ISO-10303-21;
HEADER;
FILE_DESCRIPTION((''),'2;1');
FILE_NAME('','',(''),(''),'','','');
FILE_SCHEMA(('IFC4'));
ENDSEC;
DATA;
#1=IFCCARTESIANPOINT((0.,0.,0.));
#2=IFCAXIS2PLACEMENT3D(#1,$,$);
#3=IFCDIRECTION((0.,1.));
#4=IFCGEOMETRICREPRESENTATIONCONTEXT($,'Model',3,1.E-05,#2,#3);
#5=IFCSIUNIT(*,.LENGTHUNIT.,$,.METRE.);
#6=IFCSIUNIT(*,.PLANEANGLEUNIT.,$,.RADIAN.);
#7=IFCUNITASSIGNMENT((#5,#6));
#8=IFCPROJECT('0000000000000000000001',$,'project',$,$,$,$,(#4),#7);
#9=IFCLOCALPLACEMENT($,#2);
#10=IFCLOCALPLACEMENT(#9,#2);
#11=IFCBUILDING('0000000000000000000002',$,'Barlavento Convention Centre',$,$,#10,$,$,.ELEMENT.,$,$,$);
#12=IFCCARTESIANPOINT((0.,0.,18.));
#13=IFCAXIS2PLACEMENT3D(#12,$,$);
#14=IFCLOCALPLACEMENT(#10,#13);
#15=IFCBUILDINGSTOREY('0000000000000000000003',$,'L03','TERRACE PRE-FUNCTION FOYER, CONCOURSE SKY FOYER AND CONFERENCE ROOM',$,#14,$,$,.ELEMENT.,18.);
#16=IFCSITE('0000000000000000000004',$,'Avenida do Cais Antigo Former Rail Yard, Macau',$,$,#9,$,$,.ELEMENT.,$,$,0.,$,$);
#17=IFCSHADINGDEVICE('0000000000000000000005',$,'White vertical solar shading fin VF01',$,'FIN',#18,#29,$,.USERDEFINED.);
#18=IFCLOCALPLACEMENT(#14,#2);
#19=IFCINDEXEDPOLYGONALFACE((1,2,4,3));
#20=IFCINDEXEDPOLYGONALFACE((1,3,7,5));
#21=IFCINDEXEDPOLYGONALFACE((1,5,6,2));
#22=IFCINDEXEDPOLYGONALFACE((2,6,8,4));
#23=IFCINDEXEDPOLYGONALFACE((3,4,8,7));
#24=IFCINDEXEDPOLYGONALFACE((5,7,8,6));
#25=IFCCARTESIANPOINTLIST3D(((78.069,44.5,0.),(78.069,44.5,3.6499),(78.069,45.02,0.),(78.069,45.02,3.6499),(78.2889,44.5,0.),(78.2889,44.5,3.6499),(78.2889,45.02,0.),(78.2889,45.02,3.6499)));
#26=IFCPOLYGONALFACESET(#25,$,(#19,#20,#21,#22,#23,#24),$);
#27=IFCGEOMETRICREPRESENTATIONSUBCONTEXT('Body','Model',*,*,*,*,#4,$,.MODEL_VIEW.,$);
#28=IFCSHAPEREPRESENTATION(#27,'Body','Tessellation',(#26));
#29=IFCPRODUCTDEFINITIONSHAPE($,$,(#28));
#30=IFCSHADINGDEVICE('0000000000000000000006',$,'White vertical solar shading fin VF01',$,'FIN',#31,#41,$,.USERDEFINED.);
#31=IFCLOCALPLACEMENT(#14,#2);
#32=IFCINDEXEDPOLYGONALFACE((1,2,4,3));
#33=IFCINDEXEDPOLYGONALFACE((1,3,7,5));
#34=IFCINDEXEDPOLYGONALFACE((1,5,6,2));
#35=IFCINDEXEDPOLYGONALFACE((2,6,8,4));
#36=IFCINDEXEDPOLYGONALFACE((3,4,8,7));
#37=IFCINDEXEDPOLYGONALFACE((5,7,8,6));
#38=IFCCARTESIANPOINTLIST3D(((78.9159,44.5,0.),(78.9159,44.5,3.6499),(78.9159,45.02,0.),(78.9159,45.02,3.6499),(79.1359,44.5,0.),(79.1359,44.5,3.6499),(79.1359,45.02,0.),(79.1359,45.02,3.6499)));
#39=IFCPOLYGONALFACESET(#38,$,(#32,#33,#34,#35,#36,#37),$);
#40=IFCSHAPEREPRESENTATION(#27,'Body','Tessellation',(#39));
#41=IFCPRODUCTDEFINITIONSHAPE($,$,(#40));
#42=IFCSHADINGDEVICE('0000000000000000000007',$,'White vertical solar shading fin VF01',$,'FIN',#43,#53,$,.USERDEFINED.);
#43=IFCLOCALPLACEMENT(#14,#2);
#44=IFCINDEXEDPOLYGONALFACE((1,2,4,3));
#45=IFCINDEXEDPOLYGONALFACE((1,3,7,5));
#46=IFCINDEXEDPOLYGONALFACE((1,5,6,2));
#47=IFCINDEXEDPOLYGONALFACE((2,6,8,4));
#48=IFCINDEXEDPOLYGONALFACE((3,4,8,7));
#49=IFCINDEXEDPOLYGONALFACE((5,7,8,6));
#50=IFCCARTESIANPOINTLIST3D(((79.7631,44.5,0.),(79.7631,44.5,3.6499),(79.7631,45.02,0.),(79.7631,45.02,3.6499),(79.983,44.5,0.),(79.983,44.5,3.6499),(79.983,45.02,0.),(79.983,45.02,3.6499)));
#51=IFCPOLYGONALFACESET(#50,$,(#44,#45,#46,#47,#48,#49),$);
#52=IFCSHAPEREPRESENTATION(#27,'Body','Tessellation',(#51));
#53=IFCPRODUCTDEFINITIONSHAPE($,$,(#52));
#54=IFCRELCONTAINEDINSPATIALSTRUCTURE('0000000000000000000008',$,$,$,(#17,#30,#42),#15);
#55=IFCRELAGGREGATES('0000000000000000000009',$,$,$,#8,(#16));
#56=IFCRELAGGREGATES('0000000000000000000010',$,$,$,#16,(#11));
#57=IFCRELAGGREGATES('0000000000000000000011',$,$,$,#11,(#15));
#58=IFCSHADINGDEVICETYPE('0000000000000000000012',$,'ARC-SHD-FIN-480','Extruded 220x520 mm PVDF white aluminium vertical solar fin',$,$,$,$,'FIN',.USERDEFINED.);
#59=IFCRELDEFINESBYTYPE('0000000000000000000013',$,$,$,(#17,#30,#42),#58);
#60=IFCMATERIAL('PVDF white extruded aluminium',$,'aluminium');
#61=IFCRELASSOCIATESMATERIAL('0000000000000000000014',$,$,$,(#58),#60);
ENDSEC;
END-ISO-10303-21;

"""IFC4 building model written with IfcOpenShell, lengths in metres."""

from ifc_helpers import new_model, si_unit, direction, frame, origin, origin_2d, place, context, subcontext, project, spatial, rectangle, extrude, material, type_object, element, save


model = new_model("IFC4")

# Units and contexts
model_context = context("Model", 3, precision=1e-05, world=origin(), true_north=direction((0.0, 1.0)))
body_context = subcontext(model_context, "Body", "Model", "MODEL_VIEW")
ifc_project = project(units=[si_unit("LENGTHUNIT", "METRE"), si_unit("PLANEANGLEUNIT", "RADIAN")], contexts=[model_context])

# Site, building, storey
site_placement = place(None, origin())
site = spatial("IfcSite", under=ifc_project, at=site_placement, Name="Avenida do Cais Antigo Former Rail Yard, Macau", CompositionType="ELEMENT", RefElevation=0.0)
building_placement = place(site_placement, origin())
building = spatial("IfcBuilding", under=site, at=building_placement, Name="Barlavento Convention Centre", CompositionType="ELEMENT")
storey_placement = place(building_placement, frame((0.0, 0.0, 18.0)))
storey = spatial("IfcBuildingStorey", under=building, at=storey_placement, Name="L03", Description="TERRACE PRE-FUNCTION FOYER, CONCOURSE SKY FOYER AND CONFERENCE ROOM", CompositionType="ELEMENT", Elevation=18.0)

# Shading devices
ifc_material_1 = material(Name="PVDF white extruded aluminium", Category="aluminium")
shading_device_type = type_object("IfcShadingDeviceType", Name="ARC-SHD-FIN-480", Description="Extruded 220x520 mm PVDF white aluminium vertical solar fin", ElementType="FIN", PredefinedType="USERDEFINED", material=ifc_material_1)
for number, where, z_axis, x_axis, name in (
    (1, (78.179, 44.76, 0.0), (0.0, 0.0, 1.0), (1.0, 0.0, 0.0), "White vertical solar shading fin VF01"),
    (2, (79.0259, 44.76, 0.0), (0.0, 0.0, 1.0), (1.0, 0.0, 0.0), "White vertical solar shading fin VF01"),
    (3, (79.873, 44.76, 0.0), (0.0, 0.0, 1.0), (1.0, 0.0, 0.0), "White vertical solar shading fin VF01"),
):
    element("IfcShadingDevice", number, at=place(storey_placement, frame(where, z_axis=z_axis, x_axis=x_axis)), inside=storey, type_object=shading_device_type, Name=name, ObjectType="FIN", PredefinedType="USERDEFINED", context=body_context, shape_type="SweptSolid", body=[
        extrude(rectangle(XDim=0.22, YDim=0.52, at=origin_2d()), origin(), (0.0, 0.0, 1.0), 3.6499),
    ])

save(model, "model.ifc")
